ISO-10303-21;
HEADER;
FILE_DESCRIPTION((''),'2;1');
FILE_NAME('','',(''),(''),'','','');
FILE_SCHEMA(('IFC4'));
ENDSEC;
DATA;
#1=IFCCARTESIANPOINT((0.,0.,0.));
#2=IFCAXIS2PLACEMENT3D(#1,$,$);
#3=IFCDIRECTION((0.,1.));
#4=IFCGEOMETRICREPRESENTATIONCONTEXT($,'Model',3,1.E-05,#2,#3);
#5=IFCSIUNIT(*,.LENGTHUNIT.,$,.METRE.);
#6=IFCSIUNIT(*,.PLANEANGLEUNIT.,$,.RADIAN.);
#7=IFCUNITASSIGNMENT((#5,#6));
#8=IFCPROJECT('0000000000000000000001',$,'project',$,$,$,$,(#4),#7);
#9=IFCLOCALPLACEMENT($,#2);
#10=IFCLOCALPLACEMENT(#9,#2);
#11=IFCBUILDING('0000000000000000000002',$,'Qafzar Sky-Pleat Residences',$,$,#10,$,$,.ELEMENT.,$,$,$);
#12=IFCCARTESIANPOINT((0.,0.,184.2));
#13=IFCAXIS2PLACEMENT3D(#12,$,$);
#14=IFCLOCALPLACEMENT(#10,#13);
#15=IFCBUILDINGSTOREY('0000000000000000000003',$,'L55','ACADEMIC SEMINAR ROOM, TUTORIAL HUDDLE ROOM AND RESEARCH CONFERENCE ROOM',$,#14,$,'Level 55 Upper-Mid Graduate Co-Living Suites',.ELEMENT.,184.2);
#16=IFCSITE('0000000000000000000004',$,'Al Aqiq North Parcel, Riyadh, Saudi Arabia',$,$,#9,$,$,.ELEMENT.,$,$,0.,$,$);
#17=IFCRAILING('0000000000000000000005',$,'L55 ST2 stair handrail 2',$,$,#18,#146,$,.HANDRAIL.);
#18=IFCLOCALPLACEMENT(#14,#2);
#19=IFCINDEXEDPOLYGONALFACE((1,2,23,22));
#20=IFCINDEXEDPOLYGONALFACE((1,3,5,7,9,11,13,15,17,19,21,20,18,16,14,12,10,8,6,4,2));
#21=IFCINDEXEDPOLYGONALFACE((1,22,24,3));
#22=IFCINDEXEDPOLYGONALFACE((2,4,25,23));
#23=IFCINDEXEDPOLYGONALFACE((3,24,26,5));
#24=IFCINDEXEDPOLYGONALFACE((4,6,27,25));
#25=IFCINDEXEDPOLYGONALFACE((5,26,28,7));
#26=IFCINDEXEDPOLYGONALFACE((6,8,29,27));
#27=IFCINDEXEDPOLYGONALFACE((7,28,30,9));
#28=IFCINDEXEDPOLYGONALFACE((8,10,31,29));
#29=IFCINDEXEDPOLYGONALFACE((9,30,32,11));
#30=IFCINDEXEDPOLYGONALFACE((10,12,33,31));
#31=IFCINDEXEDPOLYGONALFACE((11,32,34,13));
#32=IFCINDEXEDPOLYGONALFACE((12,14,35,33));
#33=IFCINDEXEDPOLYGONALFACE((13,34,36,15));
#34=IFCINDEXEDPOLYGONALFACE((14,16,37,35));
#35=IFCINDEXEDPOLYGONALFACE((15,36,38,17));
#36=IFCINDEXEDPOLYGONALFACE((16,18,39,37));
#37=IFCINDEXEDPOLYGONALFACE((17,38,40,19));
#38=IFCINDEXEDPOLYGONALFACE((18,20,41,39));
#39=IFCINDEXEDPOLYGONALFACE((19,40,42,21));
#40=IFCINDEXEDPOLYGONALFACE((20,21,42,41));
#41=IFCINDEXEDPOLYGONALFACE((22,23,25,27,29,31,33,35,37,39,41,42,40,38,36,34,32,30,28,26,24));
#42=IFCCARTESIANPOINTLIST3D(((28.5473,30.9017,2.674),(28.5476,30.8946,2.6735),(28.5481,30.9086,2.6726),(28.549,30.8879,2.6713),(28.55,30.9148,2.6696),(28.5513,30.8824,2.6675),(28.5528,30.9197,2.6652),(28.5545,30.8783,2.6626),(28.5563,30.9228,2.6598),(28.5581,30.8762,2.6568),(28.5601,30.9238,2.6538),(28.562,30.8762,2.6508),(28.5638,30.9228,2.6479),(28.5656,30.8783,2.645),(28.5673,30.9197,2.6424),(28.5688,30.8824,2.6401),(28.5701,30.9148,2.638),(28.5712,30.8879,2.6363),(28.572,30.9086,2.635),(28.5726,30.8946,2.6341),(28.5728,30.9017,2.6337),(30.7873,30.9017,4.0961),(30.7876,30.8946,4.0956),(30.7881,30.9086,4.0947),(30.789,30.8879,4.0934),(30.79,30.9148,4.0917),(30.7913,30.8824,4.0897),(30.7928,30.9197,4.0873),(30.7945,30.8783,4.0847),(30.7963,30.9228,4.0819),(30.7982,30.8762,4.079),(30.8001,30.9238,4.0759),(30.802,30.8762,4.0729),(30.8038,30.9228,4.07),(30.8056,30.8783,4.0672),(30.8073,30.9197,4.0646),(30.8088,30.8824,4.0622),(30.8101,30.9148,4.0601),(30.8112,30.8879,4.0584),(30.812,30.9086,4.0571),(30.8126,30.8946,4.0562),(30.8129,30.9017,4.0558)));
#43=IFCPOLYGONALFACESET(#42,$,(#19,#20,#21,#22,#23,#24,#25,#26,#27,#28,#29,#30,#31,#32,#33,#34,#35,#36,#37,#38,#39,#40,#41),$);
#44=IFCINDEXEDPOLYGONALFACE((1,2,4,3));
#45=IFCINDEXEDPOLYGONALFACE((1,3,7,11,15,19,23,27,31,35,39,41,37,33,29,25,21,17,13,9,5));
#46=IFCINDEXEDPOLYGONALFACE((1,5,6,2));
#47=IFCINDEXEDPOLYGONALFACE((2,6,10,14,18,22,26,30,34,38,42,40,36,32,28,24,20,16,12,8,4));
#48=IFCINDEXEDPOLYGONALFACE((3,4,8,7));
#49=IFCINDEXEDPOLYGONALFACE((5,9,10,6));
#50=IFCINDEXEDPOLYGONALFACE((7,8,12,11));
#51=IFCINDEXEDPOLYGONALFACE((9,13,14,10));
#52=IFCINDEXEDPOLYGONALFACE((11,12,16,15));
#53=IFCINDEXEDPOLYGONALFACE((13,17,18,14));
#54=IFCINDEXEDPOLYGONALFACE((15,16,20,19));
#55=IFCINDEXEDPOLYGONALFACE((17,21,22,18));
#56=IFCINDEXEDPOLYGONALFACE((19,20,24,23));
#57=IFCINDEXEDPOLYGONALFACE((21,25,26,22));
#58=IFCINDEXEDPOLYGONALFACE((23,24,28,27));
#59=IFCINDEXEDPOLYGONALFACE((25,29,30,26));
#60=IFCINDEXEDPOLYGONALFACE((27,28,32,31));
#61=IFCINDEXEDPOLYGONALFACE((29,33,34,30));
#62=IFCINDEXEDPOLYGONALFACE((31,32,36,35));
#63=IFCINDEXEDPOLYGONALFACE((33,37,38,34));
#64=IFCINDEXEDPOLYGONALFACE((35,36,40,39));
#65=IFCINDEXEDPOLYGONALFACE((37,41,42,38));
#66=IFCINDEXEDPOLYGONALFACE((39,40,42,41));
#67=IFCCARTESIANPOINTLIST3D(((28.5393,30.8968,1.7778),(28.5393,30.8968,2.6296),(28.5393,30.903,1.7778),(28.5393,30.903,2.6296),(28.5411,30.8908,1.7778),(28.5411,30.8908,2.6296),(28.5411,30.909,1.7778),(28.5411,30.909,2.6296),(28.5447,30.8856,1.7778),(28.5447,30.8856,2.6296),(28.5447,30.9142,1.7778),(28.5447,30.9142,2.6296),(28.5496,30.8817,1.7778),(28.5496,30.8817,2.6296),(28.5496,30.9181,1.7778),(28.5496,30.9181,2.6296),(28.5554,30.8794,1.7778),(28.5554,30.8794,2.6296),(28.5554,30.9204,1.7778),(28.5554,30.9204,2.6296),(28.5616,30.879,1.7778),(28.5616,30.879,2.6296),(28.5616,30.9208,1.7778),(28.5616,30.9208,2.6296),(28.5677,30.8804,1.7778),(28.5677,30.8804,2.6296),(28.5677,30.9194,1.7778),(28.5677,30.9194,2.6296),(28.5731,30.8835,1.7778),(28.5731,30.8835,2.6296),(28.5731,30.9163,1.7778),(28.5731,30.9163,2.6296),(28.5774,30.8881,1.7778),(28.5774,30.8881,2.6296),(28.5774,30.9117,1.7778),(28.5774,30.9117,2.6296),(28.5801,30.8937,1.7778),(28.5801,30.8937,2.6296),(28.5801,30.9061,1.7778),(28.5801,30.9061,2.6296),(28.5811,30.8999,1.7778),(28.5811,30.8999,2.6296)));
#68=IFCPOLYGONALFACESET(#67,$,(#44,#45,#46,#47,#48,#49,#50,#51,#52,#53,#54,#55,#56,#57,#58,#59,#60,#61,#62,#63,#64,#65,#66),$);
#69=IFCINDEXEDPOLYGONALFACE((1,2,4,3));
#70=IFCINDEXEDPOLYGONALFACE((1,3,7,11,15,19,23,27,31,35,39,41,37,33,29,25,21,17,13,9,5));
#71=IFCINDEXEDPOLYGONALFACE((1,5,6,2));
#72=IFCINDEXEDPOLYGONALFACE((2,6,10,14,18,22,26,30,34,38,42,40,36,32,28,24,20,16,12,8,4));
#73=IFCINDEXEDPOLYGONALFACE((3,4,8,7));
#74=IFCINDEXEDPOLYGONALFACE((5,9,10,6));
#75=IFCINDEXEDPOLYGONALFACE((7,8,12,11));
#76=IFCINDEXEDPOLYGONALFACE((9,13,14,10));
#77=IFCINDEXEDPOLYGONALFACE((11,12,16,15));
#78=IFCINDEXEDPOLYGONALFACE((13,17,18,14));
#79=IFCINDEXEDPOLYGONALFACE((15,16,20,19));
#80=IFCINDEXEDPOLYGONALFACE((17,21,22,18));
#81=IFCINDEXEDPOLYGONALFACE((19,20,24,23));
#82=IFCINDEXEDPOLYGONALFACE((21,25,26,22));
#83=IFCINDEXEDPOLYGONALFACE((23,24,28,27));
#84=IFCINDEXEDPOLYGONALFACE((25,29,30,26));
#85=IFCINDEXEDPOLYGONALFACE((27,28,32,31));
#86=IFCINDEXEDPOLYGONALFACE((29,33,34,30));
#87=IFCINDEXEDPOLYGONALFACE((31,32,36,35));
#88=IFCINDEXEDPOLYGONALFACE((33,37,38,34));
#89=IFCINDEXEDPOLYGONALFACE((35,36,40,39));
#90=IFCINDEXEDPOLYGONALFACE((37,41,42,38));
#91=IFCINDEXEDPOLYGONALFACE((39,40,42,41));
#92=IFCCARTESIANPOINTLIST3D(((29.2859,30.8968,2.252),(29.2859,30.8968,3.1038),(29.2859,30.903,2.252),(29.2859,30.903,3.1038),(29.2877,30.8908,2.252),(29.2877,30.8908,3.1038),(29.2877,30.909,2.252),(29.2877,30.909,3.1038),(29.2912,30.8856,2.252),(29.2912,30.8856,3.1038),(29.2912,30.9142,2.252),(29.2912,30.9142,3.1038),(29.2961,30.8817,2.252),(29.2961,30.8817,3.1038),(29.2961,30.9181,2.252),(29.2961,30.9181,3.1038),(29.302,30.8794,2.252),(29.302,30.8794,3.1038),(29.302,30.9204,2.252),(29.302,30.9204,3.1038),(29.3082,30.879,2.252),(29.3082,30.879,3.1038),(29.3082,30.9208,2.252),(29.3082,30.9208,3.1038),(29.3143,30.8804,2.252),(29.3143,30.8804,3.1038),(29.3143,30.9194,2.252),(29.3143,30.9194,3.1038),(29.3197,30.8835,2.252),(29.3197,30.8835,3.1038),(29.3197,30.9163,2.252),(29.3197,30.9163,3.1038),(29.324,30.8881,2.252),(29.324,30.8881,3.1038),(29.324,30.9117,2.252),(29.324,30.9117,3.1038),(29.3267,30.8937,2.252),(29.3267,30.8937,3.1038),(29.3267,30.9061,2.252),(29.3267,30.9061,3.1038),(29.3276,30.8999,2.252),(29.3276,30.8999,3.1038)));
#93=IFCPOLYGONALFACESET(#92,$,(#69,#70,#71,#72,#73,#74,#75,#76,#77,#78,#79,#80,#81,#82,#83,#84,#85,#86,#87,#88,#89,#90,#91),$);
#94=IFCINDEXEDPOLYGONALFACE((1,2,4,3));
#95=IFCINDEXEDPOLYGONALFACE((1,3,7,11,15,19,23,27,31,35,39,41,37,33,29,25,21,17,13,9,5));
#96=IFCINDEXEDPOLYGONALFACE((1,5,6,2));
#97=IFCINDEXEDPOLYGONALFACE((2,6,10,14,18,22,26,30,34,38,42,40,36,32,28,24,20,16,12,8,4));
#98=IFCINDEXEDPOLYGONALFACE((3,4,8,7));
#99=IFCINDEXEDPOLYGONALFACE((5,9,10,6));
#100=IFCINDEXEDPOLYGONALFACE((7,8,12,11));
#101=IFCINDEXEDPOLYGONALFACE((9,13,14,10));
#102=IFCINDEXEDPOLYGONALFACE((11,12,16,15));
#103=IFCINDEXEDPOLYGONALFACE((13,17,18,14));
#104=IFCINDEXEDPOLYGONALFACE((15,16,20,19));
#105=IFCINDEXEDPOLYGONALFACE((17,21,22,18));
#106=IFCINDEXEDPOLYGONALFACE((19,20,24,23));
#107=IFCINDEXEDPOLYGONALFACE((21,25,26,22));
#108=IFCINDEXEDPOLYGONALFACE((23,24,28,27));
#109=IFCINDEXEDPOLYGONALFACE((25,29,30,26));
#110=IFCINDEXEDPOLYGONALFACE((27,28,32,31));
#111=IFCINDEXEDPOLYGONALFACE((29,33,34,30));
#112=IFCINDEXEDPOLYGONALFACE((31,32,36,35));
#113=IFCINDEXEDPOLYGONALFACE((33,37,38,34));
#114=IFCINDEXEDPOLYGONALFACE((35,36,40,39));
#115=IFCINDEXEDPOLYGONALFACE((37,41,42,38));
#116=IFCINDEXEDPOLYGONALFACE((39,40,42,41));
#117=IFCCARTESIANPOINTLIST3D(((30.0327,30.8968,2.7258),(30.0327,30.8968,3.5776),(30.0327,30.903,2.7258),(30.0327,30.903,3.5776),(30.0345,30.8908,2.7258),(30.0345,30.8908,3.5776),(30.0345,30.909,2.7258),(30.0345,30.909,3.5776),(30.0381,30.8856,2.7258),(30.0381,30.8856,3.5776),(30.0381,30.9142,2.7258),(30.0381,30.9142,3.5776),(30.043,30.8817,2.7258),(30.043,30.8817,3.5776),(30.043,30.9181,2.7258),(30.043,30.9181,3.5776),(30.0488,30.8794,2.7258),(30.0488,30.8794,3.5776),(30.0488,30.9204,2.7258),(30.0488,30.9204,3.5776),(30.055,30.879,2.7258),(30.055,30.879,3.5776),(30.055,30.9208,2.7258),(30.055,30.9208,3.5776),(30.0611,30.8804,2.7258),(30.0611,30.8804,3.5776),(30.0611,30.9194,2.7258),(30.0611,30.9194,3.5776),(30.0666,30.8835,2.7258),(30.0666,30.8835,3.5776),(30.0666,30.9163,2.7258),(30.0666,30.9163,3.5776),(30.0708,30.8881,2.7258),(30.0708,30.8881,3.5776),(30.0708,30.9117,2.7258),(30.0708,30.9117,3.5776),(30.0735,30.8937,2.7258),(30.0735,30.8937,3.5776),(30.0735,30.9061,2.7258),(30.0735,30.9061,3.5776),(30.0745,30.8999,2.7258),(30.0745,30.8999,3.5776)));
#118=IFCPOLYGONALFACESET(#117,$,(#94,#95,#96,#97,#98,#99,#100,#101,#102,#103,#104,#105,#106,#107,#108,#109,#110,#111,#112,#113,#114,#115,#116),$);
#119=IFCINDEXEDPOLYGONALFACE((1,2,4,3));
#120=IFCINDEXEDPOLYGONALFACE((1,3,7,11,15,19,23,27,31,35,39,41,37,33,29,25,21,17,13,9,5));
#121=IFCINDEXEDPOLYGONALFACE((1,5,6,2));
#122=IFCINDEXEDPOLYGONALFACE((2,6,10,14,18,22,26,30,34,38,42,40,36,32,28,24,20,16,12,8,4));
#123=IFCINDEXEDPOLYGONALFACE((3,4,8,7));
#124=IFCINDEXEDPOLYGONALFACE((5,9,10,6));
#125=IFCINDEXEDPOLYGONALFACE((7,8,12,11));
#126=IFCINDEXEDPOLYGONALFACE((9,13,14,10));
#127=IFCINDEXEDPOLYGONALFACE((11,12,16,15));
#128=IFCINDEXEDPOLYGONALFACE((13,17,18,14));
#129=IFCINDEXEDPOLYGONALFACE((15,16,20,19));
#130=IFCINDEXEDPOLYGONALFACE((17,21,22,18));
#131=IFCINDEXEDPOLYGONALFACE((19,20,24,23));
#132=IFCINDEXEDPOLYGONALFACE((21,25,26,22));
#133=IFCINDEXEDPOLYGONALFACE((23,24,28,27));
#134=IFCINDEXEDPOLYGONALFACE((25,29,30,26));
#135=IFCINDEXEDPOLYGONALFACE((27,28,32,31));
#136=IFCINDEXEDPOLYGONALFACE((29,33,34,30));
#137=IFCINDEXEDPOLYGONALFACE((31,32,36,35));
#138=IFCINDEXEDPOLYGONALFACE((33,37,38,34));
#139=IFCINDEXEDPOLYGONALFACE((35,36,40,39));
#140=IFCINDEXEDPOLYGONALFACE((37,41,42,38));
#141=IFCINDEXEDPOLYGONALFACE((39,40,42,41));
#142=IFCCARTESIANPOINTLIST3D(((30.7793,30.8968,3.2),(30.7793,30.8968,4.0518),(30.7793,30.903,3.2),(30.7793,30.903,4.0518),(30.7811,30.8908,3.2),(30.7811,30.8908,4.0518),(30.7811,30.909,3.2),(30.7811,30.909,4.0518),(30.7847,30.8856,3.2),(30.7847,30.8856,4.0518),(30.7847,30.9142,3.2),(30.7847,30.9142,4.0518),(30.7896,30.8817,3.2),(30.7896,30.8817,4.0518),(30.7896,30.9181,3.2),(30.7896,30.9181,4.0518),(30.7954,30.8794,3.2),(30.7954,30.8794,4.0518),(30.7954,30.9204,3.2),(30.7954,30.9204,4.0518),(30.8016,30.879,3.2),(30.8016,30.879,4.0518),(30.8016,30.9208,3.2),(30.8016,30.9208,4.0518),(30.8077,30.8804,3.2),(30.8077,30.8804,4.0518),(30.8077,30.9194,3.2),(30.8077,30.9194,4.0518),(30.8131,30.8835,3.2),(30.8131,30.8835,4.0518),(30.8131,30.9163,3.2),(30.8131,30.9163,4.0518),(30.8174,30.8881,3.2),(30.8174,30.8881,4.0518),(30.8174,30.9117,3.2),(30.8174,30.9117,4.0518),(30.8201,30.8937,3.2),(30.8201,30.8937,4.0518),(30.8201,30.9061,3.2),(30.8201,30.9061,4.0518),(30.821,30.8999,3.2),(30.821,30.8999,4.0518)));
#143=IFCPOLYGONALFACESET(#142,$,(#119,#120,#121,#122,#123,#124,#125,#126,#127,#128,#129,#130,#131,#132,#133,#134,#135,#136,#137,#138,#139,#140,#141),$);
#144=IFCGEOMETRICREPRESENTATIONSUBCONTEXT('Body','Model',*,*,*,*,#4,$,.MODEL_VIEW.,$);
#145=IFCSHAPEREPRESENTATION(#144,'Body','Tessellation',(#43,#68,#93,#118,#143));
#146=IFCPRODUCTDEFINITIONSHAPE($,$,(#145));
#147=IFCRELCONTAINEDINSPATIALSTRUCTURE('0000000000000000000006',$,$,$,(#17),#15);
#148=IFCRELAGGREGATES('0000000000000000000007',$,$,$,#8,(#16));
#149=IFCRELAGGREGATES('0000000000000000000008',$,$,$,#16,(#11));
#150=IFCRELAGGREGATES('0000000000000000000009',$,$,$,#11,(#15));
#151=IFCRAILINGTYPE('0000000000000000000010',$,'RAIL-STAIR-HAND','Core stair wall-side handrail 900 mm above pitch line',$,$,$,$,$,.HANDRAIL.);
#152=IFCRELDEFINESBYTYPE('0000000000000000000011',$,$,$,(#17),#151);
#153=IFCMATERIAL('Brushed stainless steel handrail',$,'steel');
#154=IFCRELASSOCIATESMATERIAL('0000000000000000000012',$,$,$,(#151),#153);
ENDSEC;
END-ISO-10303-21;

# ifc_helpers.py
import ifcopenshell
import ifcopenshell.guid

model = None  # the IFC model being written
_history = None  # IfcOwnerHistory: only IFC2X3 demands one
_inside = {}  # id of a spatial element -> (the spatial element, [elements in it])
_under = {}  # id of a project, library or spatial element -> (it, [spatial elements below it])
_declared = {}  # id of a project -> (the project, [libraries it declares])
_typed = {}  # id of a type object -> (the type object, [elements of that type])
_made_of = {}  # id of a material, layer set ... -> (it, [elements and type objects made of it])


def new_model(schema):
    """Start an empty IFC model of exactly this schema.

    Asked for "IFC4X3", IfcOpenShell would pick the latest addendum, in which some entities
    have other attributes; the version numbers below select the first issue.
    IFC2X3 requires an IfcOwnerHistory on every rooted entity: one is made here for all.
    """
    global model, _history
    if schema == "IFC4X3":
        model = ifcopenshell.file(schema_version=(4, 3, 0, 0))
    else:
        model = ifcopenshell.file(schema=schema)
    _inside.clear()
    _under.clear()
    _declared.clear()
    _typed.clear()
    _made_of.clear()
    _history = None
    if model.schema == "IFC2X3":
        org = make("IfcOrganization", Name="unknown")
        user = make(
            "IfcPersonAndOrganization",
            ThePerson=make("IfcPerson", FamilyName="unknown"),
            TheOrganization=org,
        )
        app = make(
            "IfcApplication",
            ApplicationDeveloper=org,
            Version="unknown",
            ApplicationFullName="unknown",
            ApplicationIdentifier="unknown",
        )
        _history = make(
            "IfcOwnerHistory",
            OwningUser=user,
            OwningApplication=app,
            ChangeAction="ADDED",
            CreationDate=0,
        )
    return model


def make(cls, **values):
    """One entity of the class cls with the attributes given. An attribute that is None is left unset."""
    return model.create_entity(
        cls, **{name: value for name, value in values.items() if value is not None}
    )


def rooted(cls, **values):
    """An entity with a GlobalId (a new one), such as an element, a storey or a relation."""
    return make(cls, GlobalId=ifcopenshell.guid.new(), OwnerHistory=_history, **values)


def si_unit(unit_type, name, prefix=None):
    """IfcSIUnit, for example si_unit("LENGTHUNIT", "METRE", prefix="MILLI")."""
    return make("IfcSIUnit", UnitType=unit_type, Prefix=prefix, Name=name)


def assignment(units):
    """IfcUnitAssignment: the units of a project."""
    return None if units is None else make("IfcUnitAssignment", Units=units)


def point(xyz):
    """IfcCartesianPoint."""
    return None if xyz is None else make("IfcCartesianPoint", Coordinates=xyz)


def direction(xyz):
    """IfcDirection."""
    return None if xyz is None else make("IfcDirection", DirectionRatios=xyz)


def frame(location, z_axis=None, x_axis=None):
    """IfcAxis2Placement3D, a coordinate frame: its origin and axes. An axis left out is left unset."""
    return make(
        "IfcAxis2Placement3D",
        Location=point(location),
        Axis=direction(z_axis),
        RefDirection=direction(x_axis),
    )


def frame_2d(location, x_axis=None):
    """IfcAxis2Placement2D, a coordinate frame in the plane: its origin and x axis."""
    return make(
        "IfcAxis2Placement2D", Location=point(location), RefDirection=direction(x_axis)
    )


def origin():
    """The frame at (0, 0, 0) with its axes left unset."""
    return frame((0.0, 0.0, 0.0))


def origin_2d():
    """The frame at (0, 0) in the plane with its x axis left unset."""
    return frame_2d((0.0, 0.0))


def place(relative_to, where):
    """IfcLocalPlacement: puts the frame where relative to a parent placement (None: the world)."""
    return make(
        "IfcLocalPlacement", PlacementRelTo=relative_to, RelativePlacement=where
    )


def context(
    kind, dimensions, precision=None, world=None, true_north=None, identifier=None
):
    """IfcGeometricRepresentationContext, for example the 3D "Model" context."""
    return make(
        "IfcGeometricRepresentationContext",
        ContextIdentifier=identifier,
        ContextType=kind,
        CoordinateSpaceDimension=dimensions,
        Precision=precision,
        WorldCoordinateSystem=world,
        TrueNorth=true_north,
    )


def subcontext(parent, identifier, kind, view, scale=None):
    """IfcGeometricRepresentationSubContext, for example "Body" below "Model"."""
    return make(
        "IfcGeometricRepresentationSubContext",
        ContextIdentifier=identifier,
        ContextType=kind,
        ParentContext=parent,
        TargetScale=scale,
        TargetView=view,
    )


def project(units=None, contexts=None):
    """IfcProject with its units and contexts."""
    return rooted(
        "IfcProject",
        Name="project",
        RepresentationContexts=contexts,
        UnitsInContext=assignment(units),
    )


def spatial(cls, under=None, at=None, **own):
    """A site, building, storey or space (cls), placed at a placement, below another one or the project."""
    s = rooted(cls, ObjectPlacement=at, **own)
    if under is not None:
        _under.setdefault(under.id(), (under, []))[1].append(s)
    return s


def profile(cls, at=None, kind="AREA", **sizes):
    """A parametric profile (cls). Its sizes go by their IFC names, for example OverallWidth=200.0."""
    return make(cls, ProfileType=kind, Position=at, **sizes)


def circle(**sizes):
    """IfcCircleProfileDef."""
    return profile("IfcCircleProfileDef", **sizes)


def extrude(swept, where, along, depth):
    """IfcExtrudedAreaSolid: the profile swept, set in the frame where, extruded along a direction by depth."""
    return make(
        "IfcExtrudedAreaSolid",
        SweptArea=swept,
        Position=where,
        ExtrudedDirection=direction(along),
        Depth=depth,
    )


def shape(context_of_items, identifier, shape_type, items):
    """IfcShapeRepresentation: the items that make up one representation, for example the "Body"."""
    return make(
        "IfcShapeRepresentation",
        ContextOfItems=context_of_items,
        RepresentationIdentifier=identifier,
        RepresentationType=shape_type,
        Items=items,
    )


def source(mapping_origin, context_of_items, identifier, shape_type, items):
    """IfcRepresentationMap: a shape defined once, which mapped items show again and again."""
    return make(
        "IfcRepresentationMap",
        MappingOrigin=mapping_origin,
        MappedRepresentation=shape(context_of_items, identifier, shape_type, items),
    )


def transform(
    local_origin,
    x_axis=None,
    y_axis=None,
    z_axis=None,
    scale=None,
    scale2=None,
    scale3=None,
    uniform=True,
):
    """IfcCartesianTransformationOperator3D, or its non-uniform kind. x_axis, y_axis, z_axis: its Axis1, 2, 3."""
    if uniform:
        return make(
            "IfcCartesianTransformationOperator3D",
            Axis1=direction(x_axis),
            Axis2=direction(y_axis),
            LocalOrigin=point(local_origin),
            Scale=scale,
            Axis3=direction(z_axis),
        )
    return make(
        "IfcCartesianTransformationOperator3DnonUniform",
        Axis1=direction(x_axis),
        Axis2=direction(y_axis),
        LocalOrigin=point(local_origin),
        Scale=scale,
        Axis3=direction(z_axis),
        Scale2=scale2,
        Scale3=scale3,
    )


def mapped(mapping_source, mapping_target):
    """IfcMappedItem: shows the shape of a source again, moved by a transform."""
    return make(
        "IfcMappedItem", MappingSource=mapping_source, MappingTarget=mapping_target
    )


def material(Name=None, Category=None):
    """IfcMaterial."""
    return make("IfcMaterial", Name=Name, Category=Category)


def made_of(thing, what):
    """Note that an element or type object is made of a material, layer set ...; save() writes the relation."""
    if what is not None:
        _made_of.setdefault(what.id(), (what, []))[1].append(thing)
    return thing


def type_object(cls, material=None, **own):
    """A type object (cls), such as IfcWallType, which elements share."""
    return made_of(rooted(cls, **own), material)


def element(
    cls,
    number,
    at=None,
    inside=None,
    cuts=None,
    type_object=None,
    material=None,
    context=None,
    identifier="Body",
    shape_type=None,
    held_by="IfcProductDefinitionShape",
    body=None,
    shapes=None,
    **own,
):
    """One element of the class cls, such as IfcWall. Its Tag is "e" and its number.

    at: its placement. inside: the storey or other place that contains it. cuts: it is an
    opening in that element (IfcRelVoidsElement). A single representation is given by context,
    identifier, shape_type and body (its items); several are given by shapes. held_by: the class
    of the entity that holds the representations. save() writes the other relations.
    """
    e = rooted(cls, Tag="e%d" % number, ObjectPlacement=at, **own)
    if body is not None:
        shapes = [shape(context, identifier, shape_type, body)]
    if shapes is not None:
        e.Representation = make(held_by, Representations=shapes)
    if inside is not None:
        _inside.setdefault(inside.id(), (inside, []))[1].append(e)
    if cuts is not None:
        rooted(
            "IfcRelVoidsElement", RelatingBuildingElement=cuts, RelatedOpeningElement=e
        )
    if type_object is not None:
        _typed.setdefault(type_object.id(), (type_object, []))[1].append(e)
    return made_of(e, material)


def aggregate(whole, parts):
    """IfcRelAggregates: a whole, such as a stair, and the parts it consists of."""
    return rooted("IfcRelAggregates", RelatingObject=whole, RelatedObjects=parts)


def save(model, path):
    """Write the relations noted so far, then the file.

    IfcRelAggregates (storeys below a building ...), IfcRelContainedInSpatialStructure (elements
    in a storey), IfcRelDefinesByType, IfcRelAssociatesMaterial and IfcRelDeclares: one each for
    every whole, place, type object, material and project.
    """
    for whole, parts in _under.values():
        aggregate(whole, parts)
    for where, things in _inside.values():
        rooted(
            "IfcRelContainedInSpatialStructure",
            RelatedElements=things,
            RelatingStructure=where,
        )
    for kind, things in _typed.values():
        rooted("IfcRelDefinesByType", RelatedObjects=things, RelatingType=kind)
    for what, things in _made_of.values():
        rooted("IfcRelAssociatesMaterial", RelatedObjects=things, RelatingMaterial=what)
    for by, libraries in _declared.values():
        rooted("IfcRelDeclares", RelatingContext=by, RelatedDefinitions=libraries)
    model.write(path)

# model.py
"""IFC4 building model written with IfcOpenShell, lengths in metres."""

from ifc_helpers import new_model, si_unit, direction, frame, origin, origin_2d, place, context, subcontext, project, spatial, circle, extrude, source, transform, mapped, material, type_object, element, save


model = new_model("IFC4")

# Units and contexts
model_context = context("Model", 3, precision=1e-05, world=origin(), true_north=direction((0.0, 1.0)))
body_context = subcontext(model_context, "Body", "Model", "MODEL_VIEW")
ifc_project = project(units=[si_unit("LENGTHUNIT", "METRE"), si_unit("PLANEANGLEUNIT", "RADIAN")], contexts=[model_context])

# Site, building, storey
site_placement = place(None, origin())
site = spatial("IfcSite", under=ifc_project, at=site_placement, Name="Al Aqiq North Parcel, Riyadh, Saudi Arabia", CompositionType="ELEMENT", RefElevation=0.0)
building_placement = place(site_placement, origin())
building = spatial("IfcBuilding", under=site, at=building_placement, Name="Qafzar Sky-Pleat Residences", CompositionType="ELEMENT")
storey_placement = place(building_placement, frame((0.0, 0.0, 184.2)))
storey = spatial("IfcBuildingStorey", under=building, at=storey_placement, Name="L55", Description="ACADEMIC SEMINAR ROOM, TUTORIAL HUDDLE ROOM AND RESEARCH CONFERENCE ROOM", LongName="Level 55 Upper-Mid Graduate Co-Living Suites", CompositionType="ELEMENT", Elevation=184.2)

# Railing
ifc_material_1 = material(Name="Brushed stainless steel handrail", Category="steel")
railing_type_1 = type_object("IfcRailingType", Name="RAIL-STAIR-HAND", Description="Core stair wall-side handrail 900 mm above pitch line", PredefinedType="HANDRAIL", material=ifc_material_1)
shared_shape_1 = source(origin(), body_context, "Body", "SweptSolid", [
    extrude(circle(Radius=0.0239, at=origin_2d()), frame((0.0, 0.0, 0.876), z_axis=(0.844229, 0.0, 0.535982), x_axis=(0.0, 1.0, 0.0)), (0.0, 0.0, 1.0), 2.6533),
    extrude(circle(Radius=0.021, at=origin_2d()), origin(), (0.0, 0.0, 1.0), 0.8518),
    extrude(circle(Radius=0.021, at=origin_2d()), frame((0.7466, 0.0, 0.4741)), (0.0, 0.0, 1.0), 0.8518),
    extrude(circle(Radius=0.021, at=origin_2d()), frame((1.4934, 0.0, 0.948)), (0.0, 0.0, 1.0), 0.8518),
    extrude(circle(Radius=0.021, at=origin_2d()), frame((2.24, 0.0, 1.4221)), (0.0, 0.0, 1.0), 0.8518),
])
railing_1_placement = place(storey_placement, frame((28.5601, 30.8999, 1.7778)))
element("IfcRailing", 1, at=railing_1_placement, inside=storey, type_object=railing_type_1, Name="L55 ST2 stair handrail 2", PredefinedType="HANDRAIL", context=body_context, shape_type="MappedRepresentation", body=[
    mapped(shared_shape_1, transform((0.0, 0.0, 0.0), x_axis=(1.0, 0.0, 0.0), y_axis=(0.0, 1.0, 0.0), z_axis=(0.0, 0.0, 1.0), scale=1.0)),
])

save(model, "model.ifc")
